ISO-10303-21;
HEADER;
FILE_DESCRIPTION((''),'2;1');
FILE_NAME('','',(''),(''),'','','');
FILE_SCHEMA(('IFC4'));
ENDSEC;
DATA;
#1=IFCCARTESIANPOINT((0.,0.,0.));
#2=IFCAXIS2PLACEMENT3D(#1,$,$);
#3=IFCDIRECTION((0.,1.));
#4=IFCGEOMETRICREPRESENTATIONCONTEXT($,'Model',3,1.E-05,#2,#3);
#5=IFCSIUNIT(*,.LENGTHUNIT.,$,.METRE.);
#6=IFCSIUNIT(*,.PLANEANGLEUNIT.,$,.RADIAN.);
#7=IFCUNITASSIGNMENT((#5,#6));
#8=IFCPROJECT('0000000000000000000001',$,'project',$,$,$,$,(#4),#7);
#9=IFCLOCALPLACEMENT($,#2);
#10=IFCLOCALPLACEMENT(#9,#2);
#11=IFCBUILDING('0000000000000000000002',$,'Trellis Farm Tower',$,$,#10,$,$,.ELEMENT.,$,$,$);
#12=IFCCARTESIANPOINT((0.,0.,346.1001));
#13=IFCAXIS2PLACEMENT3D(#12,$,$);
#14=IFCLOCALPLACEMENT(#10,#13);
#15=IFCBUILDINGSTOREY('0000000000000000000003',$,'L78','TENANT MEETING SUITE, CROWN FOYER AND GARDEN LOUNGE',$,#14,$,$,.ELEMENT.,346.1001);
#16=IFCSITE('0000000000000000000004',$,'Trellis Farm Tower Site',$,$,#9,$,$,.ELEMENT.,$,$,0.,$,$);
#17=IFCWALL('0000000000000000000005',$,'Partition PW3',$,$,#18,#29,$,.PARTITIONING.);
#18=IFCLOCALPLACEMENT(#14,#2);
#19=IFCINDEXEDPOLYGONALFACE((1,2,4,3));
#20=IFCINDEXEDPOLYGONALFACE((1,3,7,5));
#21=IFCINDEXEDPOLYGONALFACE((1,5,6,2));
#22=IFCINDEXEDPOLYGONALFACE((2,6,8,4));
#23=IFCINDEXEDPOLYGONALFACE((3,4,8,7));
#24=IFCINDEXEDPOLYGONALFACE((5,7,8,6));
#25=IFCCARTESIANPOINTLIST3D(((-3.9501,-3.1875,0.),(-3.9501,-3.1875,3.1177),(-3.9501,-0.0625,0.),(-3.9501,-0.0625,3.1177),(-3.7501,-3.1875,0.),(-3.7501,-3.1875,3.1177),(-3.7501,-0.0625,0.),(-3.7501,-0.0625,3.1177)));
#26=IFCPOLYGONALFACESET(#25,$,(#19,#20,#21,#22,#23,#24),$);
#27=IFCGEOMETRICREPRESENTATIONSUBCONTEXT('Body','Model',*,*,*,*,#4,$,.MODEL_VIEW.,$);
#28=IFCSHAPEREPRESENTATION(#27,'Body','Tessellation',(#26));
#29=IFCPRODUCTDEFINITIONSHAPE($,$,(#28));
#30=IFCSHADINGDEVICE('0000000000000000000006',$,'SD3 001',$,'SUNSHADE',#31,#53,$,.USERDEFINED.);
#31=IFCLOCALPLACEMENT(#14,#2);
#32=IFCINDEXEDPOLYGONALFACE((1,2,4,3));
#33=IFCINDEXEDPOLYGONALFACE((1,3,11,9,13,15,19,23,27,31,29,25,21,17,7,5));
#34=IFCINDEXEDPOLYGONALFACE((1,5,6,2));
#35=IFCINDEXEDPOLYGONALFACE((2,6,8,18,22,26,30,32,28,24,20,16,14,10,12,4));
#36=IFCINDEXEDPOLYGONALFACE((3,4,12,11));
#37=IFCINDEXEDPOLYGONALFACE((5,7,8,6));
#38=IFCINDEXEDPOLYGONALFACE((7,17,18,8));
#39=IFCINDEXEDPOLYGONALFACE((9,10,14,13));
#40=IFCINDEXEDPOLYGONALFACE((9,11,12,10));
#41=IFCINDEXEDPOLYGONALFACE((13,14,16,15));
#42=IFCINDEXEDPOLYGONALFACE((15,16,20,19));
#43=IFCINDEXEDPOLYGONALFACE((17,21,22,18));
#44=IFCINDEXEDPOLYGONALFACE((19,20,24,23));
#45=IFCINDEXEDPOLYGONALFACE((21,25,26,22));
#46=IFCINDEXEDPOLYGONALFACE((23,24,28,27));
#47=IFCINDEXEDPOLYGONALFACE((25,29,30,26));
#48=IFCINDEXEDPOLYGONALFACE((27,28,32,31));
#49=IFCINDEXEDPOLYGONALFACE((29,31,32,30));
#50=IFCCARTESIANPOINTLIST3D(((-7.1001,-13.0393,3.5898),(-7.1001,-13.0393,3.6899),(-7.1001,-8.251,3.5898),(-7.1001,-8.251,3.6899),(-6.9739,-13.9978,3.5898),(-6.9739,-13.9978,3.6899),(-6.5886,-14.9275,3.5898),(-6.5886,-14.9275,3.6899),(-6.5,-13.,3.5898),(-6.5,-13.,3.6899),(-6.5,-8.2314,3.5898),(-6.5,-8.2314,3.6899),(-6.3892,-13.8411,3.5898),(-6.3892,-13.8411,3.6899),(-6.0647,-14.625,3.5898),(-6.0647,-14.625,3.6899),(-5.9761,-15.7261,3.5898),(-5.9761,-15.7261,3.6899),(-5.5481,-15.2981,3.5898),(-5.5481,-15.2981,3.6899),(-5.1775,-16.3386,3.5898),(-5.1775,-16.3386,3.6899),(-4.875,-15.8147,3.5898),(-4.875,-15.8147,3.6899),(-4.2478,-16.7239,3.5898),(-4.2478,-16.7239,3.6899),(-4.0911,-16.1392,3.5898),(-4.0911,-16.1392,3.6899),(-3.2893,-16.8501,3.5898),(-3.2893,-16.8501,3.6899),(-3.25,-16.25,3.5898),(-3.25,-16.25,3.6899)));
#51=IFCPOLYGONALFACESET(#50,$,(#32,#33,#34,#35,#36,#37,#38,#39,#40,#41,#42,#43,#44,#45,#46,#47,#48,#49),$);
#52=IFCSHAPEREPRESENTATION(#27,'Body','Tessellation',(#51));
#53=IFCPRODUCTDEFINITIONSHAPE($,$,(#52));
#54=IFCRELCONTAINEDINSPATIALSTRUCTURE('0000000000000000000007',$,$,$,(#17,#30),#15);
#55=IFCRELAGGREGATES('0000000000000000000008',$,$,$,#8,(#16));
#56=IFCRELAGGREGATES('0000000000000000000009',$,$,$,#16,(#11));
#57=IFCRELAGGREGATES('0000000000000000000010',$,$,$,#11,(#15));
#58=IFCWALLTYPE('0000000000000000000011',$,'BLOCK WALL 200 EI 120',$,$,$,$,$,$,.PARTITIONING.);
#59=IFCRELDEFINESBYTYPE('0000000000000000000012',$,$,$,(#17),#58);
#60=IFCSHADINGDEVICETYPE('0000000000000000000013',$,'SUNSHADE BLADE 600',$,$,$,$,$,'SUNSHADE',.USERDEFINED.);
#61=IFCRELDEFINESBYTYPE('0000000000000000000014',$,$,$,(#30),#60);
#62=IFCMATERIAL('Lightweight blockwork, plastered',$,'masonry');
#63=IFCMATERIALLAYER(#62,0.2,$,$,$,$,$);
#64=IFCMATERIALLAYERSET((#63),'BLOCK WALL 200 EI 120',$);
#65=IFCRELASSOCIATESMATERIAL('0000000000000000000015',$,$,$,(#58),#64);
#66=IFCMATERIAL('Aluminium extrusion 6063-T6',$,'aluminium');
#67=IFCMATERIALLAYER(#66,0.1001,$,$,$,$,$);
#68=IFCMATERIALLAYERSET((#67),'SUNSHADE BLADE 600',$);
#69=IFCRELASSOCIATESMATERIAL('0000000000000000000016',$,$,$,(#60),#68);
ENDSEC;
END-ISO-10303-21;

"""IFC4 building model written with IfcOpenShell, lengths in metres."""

from ifc_helpers import new_model, si_unit, direction, frame, frame_2d, origin, place, context, subcontext, project, spatial, polyline, rectangle, outline, extrude, source, transform, mapped, material, layer, layer_set, type_object, element, save


model = new_model("IFC4")

# Units and contexts
model_context = context("Model", 3, precision=1e-05, world=origin(), true_north=direction((0.0, 1.0)))
body_context = subcontext(model_context, "Body", "Model", "MODEL_VIEW")
ifc_project = project(units=[si_unit("LENGTHUNIT", "METRE"), si_unit("PLANEANGLEUNIT", "RADIAN")], contexts=[model_context])

# Site, building, storey
site_placement = place(None, origin())
site = spatial("IfcSite", under=ifc_project, at=site_placement, Name="Trellis Farm Tower Site", CompositionType="ELEMENT", RefElevation=0.0)
building_placement = place(site_placement, origin())
building = spatial("IfcBuilding", under=site, at=building_placement, Name="Trellis Farm Tower", CompositionType="ELEMENT")
storey_placement = place(building_placement, frame((0.0, 0.0, 346.1001)))
storey = spatial("IfcBuildingStorey", under=building, at=storey_placement, Name="L78", Description="TENANT MEETING SUITE, CROWN FOYER AND GARDEN LOUNGE", CompositionType="ELEMENT", Elevation=346.1001)

# Shared definitions
ifc_material_1 = material(Name="Aluminium extrusion 6063-T6", Category="aluminium")

# Wall
ifc_material_2 = material(Name="Lightweight blockwork, plastered", Category="masonry")
ifc_layer_1 = layer(ifc_material_2, 0.2)
ifc_layer_set_1 = layer_set([ifc_layer_1], Name="BLOCK WALL 200 EI 120")
wall_type_1 = type_object("IfcWallType", Name="BLOCK WALL 200 EI 120", PredefinedType="PARTITIONING", material=ifc_layer_set_1)
shared_shape_1 = source(origin(), body_context, "Body", "SweptSolid", [
    extrude(rectangle(XDim=3.125, YDim=0.2, at=frame_2d((1.5625, 0.0))), origin(), (0.0, 0.0, 1.0), 3.1177),
])
wall_1_placement = place(storey_placement, frame((-3.8501, -3.1875, 0.0), z_axis=(0.0, 0.0, 1.0), x_axis=(0.0, 1.0, 0.0)))
element("IfcWall", 1, at=wall_1_placement, inside=storey, type_object=wall_type_1, Name="Partition PW3", PredefinedType="PARTITIONING", context=body_context, shape_type="MappedRepresentation", body=[
    mapped(shared_shape_1, transform((0.0, 0.0, 0.0))),
])

# Shading device
ifc_layer_2 = layer(ifc_material_1, 0.1001)
ifc_layer_set_2 = layer_set([ifc_layer_2], Name="SUNSHADE BLADE 600")
shading_device_type = type_object("IfcShadingDeviceType", Name="SUNSHADE BLADE 600", ElementType="SUNSHADE", PredefinedType="USERDEFINED", material=ifc_layer_set_2)
shared_shape_2 = source(origin(), body_context, "Body", "SweptSolid", [
    extrude(outline(polyline([(-7.1001, -8.251), (-7.1001, -13.0393), (-6.9739, -13.9978), (-6.5886, -14.9275), (-5.9761, -15.7261), (-5.1775, -16.3386), (-4.2478, -16.7239), (-3.2893, -16.8501), (-3.25, -16.25), (-4.0911, -16.1392), (-4.875, -15.8147), (-5.5481, -15.2981), (-6.0647, -14.625), (-6.3892, -13.8411), (-6.5, -13.0), (-6.5, -8.2314), (-7.1001, -8.251)])), origin(), (0.0, 0.0, 1.0), 0.1001),
])
shading_device_placement = place(storey_placement, frame((0.0, 0.0, 3.5898)))
element("IfcShadingDevice", 2, at=shading_device_placement, inside=storey, type_object=shading_device_type, Name="SD3 001", ObjectType="SUNSHADE", PredefinedType="USERDEFINED", context=body_context, shape_type="MappedRepresentation", body=[
    mapped(shared_shape_2, transform((0.0, 0.0, 0.0))),
])

save(model, "model.ifc")
